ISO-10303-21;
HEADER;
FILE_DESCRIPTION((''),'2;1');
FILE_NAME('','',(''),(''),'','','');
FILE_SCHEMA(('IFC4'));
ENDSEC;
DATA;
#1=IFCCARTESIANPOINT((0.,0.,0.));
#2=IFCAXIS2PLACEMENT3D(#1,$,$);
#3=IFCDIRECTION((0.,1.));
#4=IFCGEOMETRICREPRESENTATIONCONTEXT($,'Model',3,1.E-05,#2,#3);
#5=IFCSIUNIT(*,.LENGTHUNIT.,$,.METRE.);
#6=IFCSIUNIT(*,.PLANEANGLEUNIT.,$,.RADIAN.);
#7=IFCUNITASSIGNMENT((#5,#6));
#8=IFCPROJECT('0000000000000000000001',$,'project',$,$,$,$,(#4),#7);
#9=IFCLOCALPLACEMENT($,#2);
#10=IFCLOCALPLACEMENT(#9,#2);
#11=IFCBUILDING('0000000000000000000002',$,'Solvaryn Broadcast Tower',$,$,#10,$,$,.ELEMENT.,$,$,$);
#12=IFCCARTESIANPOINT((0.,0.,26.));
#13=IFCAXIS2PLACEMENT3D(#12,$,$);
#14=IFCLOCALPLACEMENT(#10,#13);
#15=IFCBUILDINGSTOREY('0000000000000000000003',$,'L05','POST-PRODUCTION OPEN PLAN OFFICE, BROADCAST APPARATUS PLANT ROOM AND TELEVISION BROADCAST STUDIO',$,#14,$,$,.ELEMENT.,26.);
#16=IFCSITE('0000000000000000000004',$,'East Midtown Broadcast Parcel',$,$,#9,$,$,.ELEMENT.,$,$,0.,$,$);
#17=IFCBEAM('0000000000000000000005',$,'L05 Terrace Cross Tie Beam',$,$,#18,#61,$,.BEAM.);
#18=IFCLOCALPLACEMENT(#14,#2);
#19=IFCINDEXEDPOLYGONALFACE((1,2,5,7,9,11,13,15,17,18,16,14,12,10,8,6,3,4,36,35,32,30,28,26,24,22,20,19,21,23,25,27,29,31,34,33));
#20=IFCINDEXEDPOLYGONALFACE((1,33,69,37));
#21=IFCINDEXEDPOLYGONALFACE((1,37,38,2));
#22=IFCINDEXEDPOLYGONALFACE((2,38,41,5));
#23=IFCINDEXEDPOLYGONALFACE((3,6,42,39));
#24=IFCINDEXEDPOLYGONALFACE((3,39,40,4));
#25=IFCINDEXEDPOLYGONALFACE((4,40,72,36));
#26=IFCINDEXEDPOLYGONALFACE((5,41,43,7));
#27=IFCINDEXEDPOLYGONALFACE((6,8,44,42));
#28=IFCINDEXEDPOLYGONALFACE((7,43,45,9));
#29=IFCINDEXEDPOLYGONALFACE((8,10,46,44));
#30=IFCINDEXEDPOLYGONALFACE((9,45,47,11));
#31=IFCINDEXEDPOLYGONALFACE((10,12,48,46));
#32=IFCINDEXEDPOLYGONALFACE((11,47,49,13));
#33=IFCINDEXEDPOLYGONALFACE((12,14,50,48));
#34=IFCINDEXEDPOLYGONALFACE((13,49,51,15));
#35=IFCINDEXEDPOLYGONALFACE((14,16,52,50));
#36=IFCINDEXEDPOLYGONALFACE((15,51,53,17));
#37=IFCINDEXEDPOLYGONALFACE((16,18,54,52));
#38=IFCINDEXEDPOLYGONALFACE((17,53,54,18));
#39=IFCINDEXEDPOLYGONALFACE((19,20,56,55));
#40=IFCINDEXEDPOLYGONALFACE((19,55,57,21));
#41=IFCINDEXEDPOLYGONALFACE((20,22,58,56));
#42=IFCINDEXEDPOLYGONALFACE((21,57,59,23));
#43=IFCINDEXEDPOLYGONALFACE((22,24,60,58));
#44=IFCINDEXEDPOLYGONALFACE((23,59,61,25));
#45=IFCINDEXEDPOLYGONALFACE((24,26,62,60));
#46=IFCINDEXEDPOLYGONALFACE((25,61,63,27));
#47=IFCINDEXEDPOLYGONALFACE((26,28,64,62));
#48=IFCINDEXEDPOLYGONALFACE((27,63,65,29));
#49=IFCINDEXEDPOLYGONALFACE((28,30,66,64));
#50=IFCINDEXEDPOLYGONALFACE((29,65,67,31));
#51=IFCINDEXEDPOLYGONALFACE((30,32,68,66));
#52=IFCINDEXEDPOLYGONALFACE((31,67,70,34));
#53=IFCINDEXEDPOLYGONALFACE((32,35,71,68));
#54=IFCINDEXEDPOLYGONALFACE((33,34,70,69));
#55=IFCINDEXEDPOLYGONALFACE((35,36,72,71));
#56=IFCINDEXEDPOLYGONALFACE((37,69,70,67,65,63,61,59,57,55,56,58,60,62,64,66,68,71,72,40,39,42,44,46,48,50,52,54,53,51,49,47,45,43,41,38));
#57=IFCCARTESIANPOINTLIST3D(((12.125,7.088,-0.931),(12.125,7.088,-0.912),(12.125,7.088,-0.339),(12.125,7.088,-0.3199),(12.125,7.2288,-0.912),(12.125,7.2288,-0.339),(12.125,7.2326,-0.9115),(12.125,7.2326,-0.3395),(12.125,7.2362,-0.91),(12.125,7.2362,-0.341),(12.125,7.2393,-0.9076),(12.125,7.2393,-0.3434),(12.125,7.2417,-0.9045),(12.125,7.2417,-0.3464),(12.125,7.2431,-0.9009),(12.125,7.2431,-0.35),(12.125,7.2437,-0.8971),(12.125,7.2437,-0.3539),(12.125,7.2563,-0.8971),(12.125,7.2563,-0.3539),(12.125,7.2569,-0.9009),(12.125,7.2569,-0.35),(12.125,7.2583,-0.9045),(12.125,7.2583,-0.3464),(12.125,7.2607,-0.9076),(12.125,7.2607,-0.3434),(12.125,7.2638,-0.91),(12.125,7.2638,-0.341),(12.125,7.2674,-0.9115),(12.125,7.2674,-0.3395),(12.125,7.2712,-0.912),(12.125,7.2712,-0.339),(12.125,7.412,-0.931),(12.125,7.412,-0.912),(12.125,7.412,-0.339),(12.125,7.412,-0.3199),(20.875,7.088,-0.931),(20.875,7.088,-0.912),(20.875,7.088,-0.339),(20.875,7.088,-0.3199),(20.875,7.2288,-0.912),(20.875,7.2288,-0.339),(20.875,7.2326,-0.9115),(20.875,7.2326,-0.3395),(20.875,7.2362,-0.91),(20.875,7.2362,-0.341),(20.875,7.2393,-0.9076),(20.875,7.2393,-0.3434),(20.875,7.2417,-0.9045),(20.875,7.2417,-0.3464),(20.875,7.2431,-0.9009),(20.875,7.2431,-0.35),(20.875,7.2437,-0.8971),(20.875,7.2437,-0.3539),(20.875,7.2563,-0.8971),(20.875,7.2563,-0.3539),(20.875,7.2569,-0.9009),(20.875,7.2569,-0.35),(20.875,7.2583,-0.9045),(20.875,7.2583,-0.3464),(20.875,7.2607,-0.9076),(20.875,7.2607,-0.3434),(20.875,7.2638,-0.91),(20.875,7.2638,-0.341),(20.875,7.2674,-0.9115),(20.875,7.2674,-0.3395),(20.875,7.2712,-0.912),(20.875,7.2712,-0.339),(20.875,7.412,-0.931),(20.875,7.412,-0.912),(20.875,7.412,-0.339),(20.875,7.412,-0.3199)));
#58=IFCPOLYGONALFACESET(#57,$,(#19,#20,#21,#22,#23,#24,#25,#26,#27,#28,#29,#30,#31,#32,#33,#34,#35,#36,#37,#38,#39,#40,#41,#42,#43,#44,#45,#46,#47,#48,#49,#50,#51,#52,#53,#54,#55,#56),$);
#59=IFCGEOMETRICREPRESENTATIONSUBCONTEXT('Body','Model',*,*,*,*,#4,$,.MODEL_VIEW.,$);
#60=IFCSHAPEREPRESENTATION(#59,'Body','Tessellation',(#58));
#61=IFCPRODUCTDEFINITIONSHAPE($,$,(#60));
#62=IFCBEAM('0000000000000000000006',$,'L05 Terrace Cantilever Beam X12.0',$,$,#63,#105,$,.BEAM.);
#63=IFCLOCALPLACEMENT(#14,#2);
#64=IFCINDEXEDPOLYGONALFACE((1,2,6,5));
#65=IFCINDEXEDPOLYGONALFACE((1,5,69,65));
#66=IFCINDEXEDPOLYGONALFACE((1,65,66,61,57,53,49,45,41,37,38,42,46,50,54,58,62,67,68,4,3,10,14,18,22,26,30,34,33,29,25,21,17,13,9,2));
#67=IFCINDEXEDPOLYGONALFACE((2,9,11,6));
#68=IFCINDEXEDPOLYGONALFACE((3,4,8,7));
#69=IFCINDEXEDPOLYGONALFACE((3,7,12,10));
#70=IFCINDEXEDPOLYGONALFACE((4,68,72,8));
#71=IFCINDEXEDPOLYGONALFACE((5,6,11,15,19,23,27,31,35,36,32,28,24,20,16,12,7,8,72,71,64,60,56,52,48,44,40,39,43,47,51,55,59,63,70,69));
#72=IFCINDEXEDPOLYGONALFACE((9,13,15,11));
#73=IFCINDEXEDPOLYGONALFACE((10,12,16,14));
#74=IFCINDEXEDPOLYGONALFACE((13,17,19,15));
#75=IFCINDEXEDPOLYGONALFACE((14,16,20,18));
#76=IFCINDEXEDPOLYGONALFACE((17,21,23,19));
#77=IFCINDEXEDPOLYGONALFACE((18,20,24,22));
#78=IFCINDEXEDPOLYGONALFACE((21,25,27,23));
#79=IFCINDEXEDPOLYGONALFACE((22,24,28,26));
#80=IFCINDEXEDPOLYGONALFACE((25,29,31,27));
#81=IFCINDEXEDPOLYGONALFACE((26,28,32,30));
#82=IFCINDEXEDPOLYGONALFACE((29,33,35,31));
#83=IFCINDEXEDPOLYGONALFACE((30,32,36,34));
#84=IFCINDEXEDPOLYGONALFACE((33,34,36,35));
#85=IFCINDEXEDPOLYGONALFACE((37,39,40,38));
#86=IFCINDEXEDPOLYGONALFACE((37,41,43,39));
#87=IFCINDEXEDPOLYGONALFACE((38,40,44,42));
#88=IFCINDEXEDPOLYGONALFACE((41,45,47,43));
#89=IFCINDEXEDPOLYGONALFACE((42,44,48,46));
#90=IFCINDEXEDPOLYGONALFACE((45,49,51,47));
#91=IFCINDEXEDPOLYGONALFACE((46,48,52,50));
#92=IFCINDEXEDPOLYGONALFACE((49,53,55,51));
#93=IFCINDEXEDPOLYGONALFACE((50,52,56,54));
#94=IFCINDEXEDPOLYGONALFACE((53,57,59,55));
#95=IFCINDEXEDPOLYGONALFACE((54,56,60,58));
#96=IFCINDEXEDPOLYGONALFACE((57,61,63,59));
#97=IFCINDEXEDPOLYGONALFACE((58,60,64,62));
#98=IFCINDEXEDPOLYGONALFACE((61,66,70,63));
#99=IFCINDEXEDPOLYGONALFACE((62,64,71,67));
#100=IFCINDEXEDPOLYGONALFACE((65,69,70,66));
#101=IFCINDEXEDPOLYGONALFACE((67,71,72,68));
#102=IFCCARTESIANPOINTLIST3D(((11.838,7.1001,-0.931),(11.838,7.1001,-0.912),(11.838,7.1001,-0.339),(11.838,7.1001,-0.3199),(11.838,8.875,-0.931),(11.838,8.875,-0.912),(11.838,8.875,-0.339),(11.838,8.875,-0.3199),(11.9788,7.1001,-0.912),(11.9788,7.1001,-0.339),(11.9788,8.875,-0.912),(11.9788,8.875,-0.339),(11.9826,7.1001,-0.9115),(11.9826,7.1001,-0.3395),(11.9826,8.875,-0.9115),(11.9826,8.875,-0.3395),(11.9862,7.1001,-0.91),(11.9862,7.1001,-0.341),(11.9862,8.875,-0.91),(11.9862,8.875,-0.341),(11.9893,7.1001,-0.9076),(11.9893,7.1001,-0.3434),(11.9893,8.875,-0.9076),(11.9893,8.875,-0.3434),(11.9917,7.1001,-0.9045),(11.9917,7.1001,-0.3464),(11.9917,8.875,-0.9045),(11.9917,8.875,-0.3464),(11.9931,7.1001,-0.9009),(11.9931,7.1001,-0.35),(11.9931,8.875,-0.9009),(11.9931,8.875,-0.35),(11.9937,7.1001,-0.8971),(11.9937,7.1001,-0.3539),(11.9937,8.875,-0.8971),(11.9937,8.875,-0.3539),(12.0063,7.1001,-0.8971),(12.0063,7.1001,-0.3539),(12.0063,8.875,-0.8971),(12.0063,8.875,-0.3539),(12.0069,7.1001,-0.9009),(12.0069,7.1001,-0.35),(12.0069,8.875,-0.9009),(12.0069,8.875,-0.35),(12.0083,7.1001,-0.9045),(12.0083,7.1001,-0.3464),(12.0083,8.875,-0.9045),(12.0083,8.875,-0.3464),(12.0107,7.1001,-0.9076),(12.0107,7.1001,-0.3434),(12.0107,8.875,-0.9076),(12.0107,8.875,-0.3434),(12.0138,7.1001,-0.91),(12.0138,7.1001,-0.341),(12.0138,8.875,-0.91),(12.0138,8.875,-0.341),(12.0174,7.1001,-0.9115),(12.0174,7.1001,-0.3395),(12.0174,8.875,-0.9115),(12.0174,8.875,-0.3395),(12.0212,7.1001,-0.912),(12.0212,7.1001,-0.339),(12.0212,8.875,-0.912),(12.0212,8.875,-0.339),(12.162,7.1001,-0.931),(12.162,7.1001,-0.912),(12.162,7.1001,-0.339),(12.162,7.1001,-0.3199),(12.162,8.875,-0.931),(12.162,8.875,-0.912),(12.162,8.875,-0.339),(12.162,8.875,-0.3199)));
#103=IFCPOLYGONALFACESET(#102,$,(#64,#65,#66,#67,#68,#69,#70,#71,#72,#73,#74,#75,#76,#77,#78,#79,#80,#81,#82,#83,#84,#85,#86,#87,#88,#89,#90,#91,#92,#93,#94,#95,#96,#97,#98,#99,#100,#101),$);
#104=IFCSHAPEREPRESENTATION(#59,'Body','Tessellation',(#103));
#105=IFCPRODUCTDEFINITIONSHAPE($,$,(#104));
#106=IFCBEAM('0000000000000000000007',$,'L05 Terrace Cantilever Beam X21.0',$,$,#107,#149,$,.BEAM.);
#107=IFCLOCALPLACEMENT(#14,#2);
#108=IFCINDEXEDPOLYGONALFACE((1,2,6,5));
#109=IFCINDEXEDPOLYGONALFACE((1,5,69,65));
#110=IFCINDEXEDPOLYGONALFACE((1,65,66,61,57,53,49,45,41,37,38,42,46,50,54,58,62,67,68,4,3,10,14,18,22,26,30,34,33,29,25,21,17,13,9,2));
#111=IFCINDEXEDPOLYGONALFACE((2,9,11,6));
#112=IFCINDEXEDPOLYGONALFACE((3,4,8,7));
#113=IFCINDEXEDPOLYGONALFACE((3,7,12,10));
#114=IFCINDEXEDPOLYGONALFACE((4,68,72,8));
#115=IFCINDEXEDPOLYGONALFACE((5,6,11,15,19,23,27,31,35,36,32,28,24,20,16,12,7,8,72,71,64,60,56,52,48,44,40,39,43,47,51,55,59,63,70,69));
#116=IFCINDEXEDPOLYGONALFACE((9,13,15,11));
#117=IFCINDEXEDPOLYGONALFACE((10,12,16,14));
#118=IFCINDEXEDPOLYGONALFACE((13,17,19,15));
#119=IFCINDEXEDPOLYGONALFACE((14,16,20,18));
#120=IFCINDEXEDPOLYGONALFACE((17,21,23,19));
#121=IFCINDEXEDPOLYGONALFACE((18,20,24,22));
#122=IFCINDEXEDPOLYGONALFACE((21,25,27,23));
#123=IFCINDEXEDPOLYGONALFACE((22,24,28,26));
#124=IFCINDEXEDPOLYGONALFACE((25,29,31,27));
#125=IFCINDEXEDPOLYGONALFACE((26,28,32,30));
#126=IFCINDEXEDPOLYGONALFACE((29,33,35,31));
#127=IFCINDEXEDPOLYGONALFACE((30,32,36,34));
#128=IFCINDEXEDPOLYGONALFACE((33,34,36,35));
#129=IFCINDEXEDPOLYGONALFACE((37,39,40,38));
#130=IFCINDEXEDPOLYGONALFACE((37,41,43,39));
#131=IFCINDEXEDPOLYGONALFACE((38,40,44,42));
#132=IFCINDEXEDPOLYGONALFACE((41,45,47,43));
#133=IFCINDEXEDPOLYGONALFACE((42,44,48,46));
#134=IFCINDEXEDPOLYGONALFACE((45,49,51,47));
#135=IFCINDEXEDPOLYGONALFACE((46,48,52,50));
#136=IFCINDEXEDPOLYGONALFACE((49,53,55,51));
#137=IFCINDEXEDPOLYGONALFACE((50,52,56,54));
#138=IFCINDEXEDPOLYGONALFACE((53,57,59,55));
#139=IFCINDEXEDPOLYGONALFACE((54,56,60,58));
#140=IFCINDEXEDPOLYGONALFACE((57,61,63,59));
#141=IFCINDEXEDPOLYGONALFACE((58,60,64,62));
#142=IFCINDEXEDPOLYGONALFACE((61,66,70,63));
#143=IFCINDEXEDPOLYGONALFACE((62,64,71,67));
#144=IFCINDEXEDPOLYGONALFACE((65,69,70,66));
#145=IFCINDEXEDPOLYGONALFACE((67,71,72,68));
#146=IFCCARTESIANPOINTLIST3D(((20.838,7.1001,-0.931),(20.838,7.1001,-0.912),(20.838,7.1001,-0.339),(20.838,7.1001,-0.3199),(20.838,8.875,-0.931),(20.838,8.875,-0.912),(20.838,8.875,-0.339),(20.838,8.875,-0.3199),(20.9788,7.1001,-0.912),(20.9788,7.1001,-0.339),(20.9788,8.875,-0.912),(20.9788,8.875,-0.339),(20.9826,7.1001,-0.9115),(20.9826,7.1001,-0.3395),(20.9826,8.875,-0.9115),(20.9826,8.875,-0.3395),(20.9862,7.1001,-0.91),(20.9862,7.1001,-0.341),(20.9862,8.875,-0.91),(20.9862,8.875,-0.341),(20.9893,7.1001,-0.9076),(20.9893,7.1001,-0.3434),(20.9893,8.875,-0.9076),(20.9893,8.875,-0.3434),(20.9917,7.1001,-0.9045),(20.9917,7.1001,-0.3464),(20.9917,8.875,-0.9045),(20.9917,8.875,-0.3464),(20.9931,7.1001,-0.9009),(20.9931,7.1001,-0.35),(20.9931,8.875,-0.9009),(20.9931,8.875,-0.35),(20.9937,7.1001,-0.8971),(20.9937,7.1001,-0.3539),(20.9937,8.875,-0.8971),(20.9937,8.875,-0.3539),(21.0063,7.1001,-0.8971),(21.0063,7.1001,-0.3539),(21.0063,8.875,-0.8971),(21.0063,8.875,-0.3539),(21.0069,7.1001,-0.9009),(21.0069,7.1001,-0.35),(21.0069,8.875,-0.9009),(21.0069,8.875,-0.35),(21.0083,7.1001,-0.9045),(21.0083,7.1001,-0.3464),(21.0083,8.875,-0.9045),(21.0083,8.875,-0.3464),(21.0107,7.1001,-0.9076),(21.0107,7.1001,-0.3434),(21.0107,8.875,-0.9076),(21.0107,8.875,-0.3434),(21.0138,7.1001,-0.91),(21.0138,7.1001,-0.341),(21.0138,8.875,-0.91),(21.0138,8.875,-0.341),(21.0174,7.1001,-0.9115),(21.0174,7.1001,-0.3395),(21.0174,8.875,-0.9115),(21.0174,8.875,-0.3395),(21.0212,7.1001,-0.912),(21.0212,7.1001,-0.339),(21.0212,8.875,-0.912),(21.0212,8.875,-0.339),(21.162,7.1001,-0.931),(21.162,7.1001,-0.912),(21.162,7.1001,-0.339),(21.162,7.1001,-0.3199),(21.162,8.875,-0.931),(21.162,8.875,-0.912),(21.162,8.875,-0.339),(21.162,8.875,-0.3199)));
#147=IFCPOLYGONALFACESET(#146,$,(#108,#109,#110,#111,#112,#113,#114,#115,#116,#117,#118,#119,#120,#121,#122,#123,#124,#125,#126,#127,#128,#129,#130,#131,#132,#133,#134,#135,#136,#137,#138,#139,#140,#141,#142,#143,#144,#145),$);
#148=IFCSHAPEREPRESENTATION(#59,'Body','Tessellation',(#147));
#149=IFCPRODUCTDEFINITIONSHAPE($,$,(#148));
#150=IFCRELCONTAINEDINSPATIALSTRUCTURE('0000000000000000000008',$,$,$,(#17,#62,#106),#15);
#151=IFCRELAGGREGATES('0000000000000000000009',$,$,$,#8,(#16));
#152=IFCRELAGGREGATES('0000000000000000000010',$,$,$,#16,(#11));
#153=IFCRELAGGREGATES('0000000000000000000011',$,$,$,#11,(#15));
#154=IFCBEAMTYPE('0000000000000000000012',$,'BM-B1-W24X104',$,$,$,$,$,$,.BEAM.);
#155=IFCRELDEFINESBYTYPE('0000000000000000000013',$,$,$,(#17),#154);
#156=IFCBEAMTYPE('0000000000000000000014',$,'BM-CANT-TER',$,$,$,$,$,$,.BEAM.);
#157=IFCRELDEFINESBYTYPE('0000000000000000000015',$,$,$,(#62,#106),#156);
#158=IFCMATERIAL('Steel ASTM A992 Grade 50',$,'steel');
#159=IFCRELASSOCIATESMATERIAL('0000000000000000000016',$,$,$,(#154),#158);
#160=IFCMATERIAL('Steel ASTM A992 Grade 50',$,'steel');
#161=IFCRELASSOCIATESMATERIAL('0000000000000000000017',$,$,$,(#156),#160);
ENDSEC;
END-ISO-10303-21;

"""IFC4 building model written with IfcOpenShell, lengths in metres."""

from ifc_helpers import new_model, si_unit, direction, frame, origin, origin_2d, place, context, subcontext, project, spatial, i_section, extrude, material, material_profile, profile_set, type_object, element, save


model = new_model("IFC4")

# Units and contexts
model_context = context("Model", 3, precision=1e-05, world=origin(), true_north=direction((0.0, 1.0)))
body_context = subcontext(model_context, "Body", "Model", "MODEL_VIEW")
ifc_project = project(units=[si_unit("LENGTHUNIT", "METRE"), si_unit("PLANEANGLEUNIT", "RADIAN")], contexts=[model_context])

# Site, building, storey
site_placement = place(None, origin())
site = spatial("IfcSite", under=ifc_project, at=site_placement, Name="East Midtown Broadcast Parcel", CompositionType="ELEMENT", RefElevation=0.0)
building_placement = place(site_placement, origin())
building = spatial("IfcBuilding", under=site, at=building_placement, Name="Solvaryn Broadcast Tower", CompositionType="ELEMENT")
storey_placement = place(building_placement, frame((0.0, 0.0, 26.0)))
storey = spatial("IfcBuildingStorey", under=building, at=storey_placement, Name="L05", Description="POST-PRODUCTION OPEN PLAN OFFICE, BROADCAST APPARATUS PLANT ROOM AND TELEVISION BROADCAST STUDIO", CompositionType="ELEMENT", Elevation=26.0)

# Beams
ifc_material_1 = material(Name="Steel ASTM A992 Grade 50", Category="steel")
ifc_material_profile_1 = material_profile(ifc_material_1, i_section(OverallWidth=0.324, OverallDepth=0.6111, WebThickness=0.0127, FlangeThickness=0.019, FilletRadius=0.0149, at=origin_2d()))
ifc_profile_set_1 = profile_set([ifc_material_profile_1], Name="Steel ASTM A992 Grade 50")
beam_type_1 = type_object("IfcBeamType", Name="BM-B1-W24X104", PredefinedType="BEAM", material=ifc_profile_set_1)
beam_placement = place(storey_placement, frame((12.125, 7.25, -0.6255), z_axis=(1.0, 0.0, 0.0), x_axis=(0.0, 1.0, 0.0)))
element("IfcBeam", 1, at=beam_placement, inside=storey, type_object=beam_type_1, Name="L05 Terrace Cross Tie Beam", PredefinedType="BEAM", context=body_context, shape_type="SweptSolid", body=[
    extrude(i_section(OverallWidth=0.324, OverallDepth=0.6111, WebThickness=0.0127, FlangeThickness=0.019, FilletRadius=0.0149, at=origin_2d()), origin(), (0.0, 0.0, 1.0), 8.75),
])
ifc_material_2 = material(Name="Steel ASTM A992 Grade 50", Category="steel")
ifc_material_profile_2 = material_profile(ifc_material_2, i_section(OverallWidth=0.324, OverallDepth=0.6111, WebThickness=0.0127, FlangeThickness=0.019, FilletRadius=0.0149, at=origin_2d()))
ifc_profile_set_2 = profile_set([ifc_material_profile_2], Name="Steel ASTM A992 Grade 50")
beam_type_2 = type_object("IfcBeamType", Name="BM-CANT-TER", PredefinedType="BEAM", material=ifc_profile_set_2)
for number, where, z_axis, x_axis, name in (
    (2, (12.0, 8.875, -0.6255), (0.0, -1.0, 0.0), (1.0, 0.0, 0.0), "L05 Terrace Cantilever Beam X12.0"),
    (3, (21.0, 8.875, -0.6255), (0.0, -1.0, 0.0), (1.0, 0.0, 0.0), "L05 Terrace Cantilever Beam X21.0"),
):
    element("IfcBeam", number, at=place(storey_placement, frame(where, z_axis=z_axis, x_axis=x_axis)), inside=storey, type_object=beam_type_2, Name=name, PredefinedType="BEAM", context=body_context, shape_type="SweptSolid", body=[
        extrude(i_section(OverallWidth=0.324, OverallDepth=0.6111, WebThickness=0.0127, FlangeThickness=0.019, FilletRadius=0.0149, at=origin_2d()), origin(), (0.0, 0.0, 1.0), 1.7749),
    ])

save(model, "model.ifc")
